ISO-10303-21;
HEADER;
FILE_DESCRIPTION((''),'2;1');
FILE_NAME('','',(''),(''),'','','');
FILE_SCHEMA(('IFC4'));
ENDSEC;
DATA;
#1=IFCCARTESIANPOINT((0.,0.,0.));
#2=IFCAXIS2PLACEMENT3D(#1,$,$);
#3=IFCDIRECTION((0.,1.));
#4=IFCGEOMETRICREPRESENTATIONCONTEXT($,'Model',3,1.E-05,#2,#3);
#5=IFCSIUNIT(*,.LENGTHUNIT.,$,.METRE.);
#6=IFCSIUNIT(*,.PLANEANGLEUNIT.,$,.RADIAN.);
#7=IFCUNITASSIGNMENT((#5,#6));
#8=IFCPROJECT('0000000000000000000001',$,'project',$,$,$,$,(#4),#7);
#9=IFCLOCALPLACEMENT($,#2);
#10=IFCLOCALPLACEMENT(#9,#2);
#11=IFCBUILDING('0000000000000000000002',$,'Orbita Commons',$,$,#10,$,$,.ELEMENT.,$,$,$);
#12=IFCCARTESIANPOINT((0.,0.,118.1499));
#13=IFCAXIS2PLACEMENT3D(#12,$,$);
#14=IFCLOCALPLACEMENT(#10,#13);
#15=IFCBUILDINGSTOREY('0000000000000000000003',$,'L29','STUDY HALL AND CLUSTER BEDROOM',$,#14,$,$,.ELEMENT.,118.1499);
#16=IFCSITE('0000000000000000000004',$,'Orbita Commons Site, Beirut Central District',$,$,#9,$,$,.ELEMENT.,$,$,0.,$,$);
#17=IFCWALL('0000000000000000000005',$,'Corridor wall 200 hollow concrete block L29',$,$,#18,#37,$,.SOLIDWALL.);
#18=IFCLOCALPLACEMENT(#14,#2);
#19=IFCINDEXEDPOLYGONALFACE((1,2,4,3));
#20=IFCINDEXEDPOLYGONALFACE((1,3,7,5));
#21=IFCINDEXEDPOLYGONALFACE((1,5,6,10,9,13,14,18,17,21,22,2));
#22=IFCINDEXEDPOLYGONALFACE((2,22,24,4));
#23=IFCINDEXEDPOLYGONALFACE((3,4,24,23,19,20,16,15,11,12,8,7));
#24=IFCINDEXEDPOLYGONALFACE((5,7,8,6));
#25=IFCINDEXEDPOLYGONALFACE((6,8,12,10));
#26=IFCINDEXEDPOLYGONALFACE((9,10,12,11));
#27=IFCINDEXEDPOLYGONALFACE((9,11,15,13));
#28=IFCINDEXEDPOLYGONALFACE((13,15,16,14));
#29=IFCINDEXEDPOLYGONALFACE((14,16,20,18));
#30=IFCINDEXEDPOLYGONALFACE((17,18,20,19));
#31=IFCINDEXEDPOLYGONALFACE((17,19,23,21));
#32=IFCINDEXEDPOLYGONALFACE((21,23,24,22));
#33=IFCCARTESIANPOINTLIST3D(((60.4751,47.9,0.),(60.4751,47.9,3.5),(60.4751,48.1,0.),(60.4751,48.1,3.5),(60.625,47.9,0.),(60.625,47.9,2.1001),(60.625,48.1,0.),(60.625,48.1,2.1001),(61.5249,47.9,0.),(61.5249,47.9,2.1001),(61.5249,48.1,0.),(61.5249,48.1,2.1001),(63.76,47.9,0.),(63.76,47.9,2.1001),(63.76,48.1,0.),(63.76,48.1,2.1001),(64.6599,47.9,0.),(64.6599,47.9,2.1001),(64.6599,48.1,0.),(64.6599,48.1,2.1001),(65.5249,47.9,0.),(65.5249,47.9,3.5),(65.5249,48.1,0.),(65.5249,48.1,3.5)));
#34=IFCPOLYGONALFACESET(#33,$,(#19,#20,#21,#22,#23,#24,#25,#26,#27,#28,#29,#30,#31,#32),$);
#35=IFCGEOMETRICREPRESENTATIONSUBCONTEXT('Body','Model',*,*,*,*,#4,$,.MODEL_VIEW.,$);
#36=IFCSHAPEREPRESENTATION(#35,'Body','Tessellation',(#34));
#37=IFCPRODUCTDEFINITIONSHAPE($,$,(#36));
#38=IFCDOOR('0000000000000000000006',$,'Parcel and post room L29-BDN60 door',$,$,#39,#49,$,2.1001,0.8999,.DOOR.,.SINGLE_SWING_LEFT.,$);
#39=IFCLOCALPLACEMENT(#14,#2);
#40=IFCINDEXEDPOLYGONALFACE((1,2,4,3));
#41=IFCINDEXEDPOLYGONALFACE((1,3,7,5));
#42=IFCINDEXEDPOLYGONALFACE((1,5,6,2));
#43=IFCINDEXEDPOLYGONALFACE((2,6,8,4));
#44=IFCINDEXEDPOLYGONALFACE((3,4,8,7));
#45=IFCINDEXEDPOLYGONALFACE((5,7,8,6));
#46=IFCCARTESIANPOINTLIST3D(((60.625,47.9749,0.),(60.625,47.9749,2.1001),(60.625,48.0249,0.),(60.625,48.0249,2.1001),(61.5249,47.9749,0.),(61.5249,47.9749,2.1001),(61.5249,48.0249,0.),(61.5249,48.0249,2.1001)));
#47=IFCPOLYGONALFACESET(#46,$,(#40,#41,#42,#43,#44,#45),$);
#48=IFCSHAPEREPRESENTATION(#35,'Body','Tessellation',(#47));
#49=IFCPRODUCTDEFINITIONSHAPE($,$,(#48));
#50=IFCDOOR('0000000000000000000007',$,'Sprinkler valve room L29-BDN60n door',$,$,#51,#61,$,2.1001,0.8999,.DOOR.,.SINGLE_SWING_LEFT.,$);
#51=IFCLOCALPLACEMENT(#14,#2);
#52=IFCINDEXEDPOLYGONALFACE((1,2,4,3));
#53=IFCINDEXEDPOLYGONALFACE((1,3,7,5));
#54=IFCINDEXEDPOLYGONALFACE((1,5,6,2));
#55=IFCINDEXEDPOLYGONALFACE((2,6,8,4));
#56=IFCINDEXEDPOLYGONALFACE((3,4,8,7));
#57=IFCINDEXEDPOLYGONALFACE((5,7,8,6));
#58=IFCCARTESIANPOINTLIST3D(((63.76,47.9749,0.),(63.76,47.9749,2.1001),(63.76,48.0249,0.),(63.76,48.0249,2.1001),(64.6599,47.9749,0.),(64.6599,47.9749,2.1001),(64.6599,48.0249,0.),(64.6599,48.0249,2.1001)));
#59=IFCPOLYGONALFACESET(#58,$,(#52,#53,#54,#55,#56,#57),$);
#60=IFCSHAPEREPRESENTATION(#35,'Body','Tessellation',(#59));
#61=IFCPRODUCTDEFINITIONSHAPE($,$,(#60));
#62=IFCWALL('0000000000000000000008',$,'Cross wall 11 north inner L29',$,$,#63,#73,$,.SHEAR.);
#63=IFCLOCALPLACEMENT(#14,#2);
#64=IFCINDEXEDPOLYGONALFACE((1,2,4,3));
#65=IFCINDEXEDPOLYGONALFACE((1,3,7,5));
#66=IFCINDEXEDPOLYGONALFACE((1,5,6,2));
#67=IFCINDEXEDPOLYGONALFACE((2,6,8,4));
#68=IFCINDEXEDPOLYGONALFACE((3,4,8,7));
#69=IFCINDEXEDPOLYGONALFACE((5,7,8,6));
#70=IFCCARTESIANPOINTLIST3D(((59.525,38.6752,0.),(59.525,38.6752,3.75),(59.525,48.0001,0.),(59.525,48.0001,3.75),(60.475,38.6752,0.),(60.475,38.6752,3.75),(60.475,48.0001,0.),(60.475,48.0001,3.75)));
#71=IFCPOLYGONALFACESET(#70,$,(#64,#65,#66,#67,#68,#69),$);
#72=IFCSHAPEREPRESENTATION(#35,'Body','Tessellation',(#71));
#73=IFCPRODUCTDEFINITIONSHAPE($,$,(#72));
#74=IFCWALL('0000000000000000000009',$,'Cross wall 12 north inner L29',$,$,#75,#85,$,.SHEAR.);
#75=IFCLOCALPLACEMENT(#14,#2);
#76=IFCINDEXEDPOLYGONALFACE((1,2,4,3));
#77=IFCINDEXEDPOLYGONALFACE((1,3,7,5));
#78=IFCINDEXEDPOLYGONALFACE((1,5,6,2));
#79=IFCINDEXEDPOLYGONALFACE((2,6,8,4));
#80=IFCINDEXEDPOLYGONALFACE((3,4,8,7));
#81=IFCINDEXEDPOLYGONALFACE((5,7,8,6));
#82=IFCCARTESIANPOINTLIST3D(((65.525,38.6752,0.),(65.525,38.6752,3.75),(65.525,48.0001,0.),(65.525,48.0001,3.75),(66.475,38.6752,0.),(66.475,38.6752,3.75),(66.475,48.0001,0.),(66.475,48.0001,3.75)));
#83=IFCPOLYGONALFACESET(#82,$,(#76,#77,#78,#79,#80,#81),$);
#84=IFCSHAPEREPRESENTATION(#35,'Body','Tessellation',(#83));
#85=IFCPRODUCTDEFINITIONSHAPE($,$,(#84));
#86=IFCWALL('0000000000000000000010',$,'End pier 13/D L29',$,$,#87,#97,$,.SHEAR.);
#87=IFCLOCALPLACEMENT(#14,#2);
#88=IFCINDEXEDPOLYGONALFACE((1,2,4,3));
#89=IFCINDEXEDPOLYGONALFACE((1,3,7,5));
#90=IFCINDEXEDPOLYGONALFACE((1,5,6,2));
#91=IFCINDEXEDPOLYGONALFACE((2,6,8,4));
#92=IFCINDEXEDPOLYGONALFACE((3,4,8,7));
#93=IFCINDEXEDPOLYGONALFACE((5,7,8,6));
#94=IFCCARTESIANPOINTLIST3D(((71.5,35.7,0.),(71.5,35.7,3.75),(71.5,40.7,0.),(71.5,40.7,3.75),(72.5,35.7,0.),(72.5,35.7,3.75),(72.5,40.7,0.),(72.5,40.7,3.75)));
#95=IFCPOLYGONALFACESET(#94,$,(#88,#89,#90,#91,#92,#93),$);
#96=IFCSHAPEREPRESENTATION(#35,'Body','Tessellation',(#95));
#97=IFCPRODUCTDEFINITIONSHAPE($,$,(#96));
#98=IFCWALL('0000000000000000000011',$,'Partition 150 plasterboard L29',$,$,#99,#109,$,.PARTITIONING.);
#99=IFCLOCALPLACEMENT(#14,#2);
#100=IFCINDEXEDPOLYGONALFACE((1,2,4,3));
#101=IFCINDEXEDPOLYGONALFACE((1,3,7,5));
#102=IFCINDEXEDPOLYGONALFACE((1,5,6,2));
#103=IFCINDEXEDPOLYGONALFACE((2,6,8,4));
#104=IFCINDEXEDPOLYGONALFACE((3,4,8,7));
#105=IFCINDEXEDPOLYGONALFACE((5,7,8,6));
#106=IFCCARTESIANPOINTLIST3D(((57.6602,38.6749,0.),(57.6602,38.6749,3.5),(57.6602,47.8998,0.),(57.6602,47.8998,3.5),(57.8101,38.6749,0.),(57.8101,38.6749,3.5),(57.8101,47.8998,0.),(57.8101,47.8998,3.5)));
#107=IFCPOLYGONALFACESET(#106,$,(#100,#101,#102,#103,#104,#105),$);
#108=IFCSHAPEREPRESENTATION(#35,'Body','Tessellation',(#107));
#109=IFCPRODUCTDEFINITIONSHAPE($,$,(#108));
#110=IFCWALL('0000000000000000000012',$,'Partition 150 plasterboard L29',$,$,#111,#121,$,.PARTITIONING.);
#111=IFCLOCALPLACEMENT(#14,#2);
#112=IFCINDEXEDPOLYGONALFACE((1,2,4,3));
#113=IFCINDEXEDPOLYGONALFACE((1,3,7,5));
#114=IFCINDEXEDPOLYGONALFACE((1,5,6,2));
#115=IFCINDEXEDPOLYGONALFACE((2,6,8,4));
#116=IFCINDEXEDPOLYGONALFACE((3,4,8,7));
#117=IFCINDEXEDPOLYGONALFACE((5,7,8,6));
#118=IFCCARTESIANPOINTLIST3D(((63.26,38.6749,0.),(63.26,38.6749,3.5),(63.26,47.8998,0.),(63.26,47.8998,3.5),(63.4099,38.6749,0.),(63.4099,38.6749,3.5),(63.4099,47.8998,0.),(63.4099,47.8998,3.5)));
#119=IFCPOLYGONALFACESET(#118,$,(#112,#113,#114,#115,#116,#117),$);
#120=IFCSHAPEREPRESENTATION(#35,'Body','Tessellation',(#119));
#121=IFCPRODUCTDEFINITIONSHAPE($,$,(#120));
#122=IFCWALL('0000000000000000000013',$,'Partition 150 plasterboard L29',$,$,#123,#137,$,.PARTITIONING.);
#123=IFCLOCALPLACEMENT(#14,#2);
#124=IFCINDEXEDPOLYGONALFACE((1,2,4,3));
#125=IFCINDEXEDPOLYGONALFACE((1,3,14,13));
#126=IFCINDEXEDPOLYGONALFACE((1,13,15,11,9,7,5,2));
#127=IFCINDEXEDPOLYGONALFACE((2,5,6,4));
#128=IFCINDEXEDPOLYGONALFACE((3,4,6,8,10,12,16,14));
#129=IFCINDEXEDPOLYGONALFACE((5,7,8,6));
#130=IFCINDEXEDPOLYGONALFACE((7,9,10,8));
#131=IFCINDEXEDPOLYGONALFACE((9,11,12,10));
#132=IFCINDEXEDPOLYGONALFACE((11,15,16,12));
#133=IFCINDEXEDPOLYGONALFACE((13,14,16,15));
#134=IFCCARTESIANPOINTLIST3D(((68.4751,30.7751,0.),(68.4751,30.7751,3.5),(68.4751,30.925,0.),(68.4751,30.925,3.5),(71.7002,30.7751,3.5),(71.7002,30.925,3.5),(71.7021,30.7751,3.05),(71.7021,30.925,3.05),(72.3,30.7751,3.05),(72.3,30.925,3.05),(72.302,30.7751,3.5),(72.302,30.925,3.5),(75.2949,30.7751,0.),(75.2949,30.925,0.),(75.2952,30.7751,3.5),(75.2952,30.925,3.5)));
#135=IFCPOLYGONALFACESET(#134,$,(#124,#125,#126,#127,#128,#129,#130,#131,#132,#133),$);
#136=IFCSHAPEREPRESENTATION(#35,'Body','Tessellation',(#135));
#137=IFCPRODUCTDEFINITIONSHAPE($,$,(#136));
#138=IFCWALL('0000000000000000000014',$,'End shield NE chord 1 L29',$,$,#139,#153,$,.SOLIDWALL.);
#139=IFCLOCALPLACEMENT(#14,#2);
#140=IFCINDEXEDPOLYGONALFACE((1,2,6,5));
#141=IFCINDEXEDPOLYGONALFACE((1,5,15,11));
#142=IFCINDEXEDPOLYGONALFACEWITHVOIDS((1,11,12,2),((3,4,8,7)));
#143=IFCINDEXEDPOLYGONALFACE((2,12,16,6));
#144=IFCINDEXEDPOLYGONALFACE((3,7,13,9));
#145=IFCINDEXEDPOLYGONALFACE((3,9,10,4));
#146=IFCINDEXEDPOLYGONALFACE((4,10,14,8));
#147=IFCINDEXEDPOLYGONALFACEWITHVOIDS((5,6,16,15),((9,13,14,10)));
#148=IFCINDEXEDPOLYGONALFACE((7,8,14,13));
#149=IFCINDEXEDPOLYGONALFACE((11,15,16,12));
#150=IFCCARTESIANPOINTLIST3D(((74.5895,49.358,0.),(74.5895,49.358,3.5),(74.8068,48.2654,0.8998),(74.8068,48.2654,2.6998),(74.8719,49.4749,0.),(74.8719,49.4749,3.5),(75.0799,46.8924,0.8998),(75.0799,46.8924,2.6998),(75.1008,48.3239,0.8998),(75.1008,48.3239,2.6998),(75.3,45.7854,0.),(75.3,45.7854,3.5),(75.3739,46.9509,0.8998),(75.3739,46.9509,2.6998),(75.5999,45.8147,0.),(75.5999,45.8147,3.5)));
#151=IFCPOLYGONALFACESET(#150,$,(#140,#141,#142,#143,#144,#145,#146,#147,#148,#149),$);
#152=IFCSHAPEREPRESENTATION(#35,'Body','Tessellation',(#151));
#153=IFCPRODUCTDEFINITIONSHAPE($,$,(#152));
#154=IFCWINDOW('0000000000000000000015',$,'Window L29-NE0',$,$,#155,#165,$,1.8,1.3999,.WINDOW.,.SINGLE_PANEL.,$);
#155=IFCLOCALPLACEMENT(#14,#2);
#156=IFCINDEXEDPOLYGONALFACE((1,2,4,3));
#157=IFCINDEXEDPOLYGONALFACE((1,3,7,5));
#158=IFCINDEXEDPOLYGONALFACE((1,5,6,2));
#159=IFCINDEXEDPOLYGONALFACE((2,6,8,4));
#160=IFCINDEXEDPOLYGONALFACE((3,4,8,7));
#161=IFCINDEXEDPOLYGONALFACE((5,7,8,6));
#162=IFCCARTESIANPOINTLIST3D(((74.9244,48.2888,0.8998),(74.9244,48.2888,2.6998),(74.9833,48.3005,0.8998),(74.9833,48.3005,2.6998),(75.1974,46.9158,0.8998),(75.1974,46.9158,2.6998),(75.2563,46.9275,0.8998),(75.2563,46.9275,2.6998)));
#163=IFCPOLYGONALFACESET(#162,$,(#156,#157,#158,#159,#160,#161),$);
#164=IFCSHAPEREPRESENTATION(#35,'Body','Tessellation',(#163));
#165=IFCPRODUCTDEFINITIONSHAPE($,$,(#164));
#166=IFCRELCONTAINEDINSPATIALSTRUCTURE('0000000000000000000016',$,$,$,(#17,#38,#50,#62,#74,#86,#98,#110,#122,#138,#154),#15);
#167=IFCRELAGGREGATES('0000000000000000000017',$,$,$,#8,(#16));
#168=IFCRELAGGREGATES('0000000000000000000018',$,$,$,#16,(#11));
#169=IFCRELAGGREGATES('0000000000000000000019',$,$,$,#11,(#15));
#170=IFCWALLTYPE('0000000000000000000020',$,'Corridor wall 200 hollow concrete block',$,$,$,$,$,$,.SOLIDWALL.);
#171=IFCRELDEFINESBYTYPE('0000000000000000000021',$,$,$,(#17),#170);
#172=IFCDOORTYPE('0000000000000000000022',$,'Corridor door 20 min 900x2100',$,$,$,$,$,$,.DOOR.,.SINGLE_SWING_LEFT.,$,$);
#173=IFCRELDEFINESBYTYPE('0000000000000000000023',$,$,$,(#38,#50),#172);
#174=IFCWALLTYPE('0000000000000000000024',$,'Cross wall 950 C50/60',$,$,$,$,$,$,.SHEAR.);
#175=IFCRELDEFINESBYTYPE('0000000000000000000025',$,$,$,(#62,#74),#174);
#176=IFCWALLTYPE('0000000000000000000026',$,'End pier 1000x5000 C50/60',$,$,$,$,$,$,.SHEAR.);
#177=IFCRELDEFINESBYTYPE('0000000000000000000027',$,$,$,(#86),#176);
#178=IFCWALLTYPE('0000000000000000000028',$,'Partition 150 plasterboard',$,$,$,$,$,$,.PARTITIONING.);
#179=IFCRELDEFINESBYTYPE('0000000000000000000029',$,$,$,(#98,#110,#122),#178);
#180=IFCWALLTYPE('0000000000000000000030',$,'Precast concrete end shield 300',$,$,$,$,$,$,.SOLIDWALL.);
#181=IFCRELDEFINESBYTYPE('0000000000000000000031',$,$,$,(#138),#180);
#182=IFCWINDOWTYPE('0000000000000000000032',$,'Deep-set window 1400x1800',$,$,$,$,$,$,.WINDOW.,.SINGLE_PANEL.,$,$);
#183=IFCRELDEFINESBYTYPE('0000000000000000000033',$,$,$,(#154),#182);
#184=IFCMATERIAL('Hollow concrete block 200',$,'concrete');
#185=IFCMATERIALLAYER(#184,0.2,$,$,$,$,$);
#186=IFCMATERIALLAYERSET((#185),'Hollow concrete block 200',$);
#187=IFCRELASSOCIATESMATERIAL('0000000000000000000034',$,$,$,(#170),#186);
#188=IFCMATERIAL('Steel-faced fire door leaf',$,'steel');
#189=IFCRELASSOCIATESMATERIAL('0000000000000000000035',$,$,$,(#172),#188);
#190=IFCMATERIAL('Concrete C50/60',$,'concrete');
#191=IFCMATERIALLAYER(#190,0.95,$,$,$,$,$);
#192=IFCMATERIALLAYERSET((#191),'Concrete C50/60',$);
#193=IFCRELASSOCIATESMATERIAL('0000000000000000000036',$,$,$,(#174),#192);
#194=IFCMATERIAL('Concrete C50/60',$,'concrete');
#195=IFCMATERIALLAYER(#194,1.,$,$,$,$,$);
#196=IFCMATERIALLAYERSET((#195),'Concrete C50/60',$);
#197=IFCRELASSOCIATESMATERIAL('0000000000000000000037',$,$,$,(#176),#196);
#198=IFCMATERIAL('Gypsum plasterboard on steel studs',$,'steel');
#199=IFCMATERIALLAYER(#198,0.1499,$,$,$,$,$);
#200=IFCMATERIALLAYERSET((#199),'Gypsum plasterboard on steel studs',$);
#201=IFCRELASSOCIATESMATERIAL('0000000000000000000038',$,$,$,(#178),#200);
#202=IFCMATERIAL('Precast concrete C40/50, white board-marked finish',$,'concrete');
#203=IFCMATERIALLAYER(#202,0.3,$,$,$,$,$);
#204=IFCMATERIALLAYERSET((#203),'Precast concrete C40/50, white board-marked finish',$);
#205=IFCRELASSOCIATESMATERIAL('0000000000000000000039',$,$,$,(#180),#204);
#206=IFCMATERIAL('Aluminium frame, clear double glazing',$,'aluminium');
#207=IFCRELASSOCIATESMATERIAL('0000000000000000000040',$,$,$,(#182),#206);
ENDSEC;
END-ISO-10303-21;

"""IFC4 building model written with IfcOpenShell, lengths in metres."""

from ifc_helpers import new_model, si_unit, direction, frame, frame_2d, origin, place, context, subcontext, project, spatial, polyline, rectangle, outline, extrude, material, layer, layer_set, type_object, element, fill, save


model = new_model("IFC4")

# Units and contexts
model_context = context("Model", 3, precision=1e-05, world=origin(), true_north=direction((0.0, 1.0)))
body_context = subcontext(model_context, "Body", "Model", "MODEL_VIEW")
ifc_project = project(units=[si_unit("LENGTHUNIT", "METRE"), si_unit("PLANEANGLEUNIT", "RADIAN")], contexts=[model_context])

# Site, building, storey
site_placement = place(None, origin())
site = spatial("IfcSite", under=ifc_project, at=site_placement, Name="Orbita Commons Site, Beirut Central District", CompositionType="ELEMENT", RefElevation=0.0)
building_placement = place(site_placement, origin())
building = spatial("IfcBuilding", under=site, at=building_placement, Name="Orbita Commons", CompositionType="ELEMENT")
storey_placement = place(building_placement, frame((0.0, 0.0, 118.1499)))
storey = spatial("IfcBuildingStorey", under=building, at=storey_placement, Name="L29", Description="STUDY HALL AND CLUSTER BEDROOM", CompositionType="ELEMENT", Elevation=118.1499)

# Wall, openings, doors
ifc_material_1 = material(Name="Hollow concrete block 200", Category="concrete")
ifc_layer_1 = layer(ifc_material_1, 0.2)
ifc_layer_set_1 = layer_set([ifc_layer_1], Name="Hollow concrete block 200")
wall_type_1 = type_object("IfcWallType", Name="Corridor wall 200 hollow concrete block", PredefinedType="SOLIDWALL", material=ifc_layer_set_1)
ifc_material_2 = material(Name="Steel-faced fire door leaf", Category="steel")
door_type_1 = type_object("IfcDoorType", Name="Corridor door 20 min 900x2100", OperationType="SINGLE_SWING_LEFT", PredefinedType="DOOR", material=ifc_material_2)
wall_1_placement = place(storey_placement, frame((60.4751, 48.0, 0.0), z_axis=(0.0, 0.0, 1.0), x_axis=(1.0, 0.0, 0.0)))
wall_1 = element("IfcWall", 1, at=wall_1_placement, inside=storey, type_object=wall_type_1, Name="Corridor wall 200 hollow concrete block L29", PredefinedType="SOLIDWALL", context=body_context, shape_type="SweptSolid", body=[
    extrude(rectangle(XDim=5.0498, YDim=0.2, at=frame_2d((2.5249, 0.0))), origin(), (0.0, 0.0, 1.0), 3.5),
])
opening_1_placement = place(wall_1_placement, frame((0.1499, 0.0, 0.0)))
opening_1 = element("IfcOpeningElement", 2, at=opening_1_placement, cuts=wall_1, PredefinedType="OPENING", context=body_context, shape_type="SweptSolid", body=[
    extrude(rectangle(XDim=0.8999, YDim=2.1001, at=frame_2d((0.45, 1.05))), frame((0.0, 0.1099, 0.0), z_axis=(0.0, -1.0, 0.0), x_axis=(1.0, 0.0, 0.0)), (0.0, 0.0, 1.0), 0.22),
])
opening_2_placement = place(wall_1_placement, frame((3.2849, 0.0, 0.0)))
opening_2 = element("IfcOpeningElement", 3, at=opening_2_placement, cuts=wall_1, PredefinedType="OPENING", context=body_context, shape_type="SweptSolid", body=[
    extrude(rectangle(XDim=0.8999, YDim=2.1001, at=frame_2d((0.45, 1.05))), frame((0.0, 0.1099, 0.0), z_axis=(0.0, -1.0, 0.0), x_axis=(1.0, 0.0, 0.0)), (0.0, 0.0, 1.0), 0.22),
])
door_1_placement = place(opening_1_placement, origin())
door_1 = element("IfcDoor", 4, at=door_1_placement, inside=storey, type_object=door_type_1, Name="Parcel and post room L29-BDN60 door", OperationType="SINGLE_SWING_LEFT", OverallHeight=2.1001, OverallWidth=0.8999, PredefinedType="DOOR", context=body_context, shape_type="SweptSolid", body=[
    extrude(rectangle(XDim=0.8999, YDim=2.1001, at=frame_2d((0.45, 1.05))), frame((0.0, 0.0249, 0.0), z_axis=(0.0, -1.0, 0.0), x_axis=(1.0, 0.0, 0.0)), (0.0, 0.0, 1.0), 0.05),
])
fill(opening_1, door_1)
door_2_placement = place(opening_2_placement, origin())
door_2 = element("IfcDoor", 5, at=door_2_placement, inside=storey, type_object=door_type_1, Name="Sprinkler valve room L29-BDN60n door", OperationType="SINGLE_SWING_LEFT", OverallHeight=2.1001, OverallWidth=0.8999, PredefinedType="DOOR", context=body_context, shape_type="SweptSolid", body=[
    extrude(rectangle(XDim=0.8999, YDim=2.1001, at=frame_2d((0.45, 1.05))), frame((0.0, 0.0249, 0.0), z_axis=(0.0, -1.0, 0.0), x_axis=(1.0, 0.0, 0.0)), (0.0, 0.0, 1.0), 0.05),
])
fill(opening_2, door_2)

# Walls
ifc_material_3 = material(Name="Concrete C50/60", Category="concrete")
ifc_layer_2 = layer(ifc_material_3, 0.95)
ifc_layer_set_2 = layer_set([ifc_layer_2], Name="Concrete C50/60")
wall_type_2 = type_object("IfcWallType", Name="Cross wall 950 C50/60", PredefinedType="SHEAR", material=ifc_layer_set_2)
for number, where, z_axis, x_axis, name in (
    (6, (60.0, 38.675, 0.0), (0.0, 0.0, 1.0), (0.0, 1.0, 0.0), "Cross wall 11 north inner L29"),
    (7, (66.0, 38.675, 0.0), (0.0, 0.0, 1.0), (0.0, 1.0, 0.0), "Cross wall 12 north inner L29"),
):
    element("IfcWall", number, at=place(storey_placement, frame(where, z_axis=z_axis, x_axis=x_axis)), inside=storey, type_object=wall_type_2, Name=name, PredefinedType="SHEAR", context=body_context, shape_type="SweptSolid", body=[
        extrude(rectangle(XDim=9.325, YDim=0.95, at=frame_2d((4.6626, 0.0))), origin(), (0.0, 0.0, 1.0), 3.75),
    ])
ifc_material_4 = material(Name="Concrete C50/60", Category="concrete")
ifc_layer_3 = layer(ifc_material_4, 1.0)
ifc_layer_set_3 = layer_set([ifc_layer_3], Name="Concrete C50/60")
wall_type_3 = type_object("IfcWallType", Name="End pier 1000x5000 C50/60", PredefinedType="SHEAR", material=ifc_layer_set_3)
wall_2_placement = place(storey_placement, frame((72.0, 35.7, 0.0), z_axis=(0.0, 0.0, 1.0), x_axis=(0.0, 1.0, 0.0)))
element("IfcWall", 8, at=wall_2_placement, inside=storey, type_object=wall_type_3, Name="End pier 13/D L29", PredefinedType="SHEAR", context=body_context, shape_type="SweptSolid", body=[
    extrude(rectangle(XDim=5.0, YDim=1.0, at=frame_2d((2.5, 0.0))), origin(), (0.0, 0.0, 1.0), 3.75),
])
ifc_material_5 = material(Name="Gypsum plasterboard on steel studs", Category="steel")
ifc_layer_4 = layer(ifc_material_5, 0.1499)
ifc_layer_set_4 = layer_set([ifc_layer_4], Name="Gypsum plasterboard on steel studs")
wall_type_4 = type_object("IfcWallType", Name="Partition 150 plasterboard", PredefinedType="PARTITIONING", material=ifc_layer_set_4)
for number, where, z_axis, x_axis, name in (
    (9, (57.7351, 38.675, 0.0), (0.0, 0.0, 1.0), (0.0, 1.0, 0.0), "Partition 150 plasterboard L29"),
    (10, (63.335, 38.675, 0.0), (0.0, 0.0, 1.0), (0.0, 1.0, 0.0), "Partition 150 plasterboard L29"),
):
    element("IfcWall", number, at=place(storey_placement, frame(where, z_axis=z_axis, x_axis=x_axis)), inside=storey, type_object=wall_type_4, Name=name, PredefinedType="PARTITIONING", context=body_context, shape_type="SweptSolid", body=[
        extrude(rectangle(XDim=9.2249, YDim=0.1499, at=frame_2d((4.6123, 0.0))), origin(), (0.0, 0.0, 1.0), 3.5),
    ])
wall_3_placement = place(storey_placement, frame((68.4751, 30.8501, 0.0), z_axis=(0.0, 0.0, 1.0), x_axis=(1.0, 0.0, 0.0)))
element("IfcWall", 11, at=wall_3_placement, inside=storey, type_object=wall_type_4, Name="Partition 150 plasterboard L29", PredefinedType="PARTITIONING", context=body_context, shape_type="SweptSolid", body=[
    extrude(outline(polyline([(0.0, 0.0), (6.8198, 0.0), (6.8201, 3.5), (3.8269, 3.5), (3.825, 3.05), (3.2271, 3.05), (3.2251, 3.5), (0.0, 3.5), (0.0, 0.0)])), frame((0.0, 0.075, 0.0), z_axis=(0.0, -1.0, 0.0), x_axis=(1.0, 0.0, 0.0)), (0.0, 0.0, 1.0), 0.1499),
])

# Wall, opening, window
ifc_material_6 = material(Name="Precast concrete C40/50, white board-marked finish", Category="concrete")
ifc_layer_5 = layer(ifc_material_6, 0.3)
ifc_layer_set_5 = layer_set([ifc_layer_5], Name="Precast concrete C40/50, white board-marked finish")
wall_type_5 = type_object("IfcWallType", Name="Precast concrete end shield 300", PredefinedType="SOLIDWALL", material=ifc_layer_set_5)
wall_4_placement = place(storey_placement, frame((75.45, 45.8, 0.0), z_axis=(0.0, 0.0, 1.0), x_axis=(-0.195059, 0.980791, 0.0)))
wall_4 = element("IfcWall", 12, at=wall_4_placement, inside=storey, type_object=wall_type_5, Name="End shield NE chord 1 L29", PredefinedType="SOLIDWALL", context=body_context, shape_type="SweptSolid", body=[
    extrude(outline(polyline([(-0.0149, -0.1499), (3.717, -0.1499), (3.6575, 0.1499), (0.0149, 0.1499), (-0.0149, -0.1499)])), origin(), (0.0, 0.0, 1.0), 3.5),
])
opening_3_placement = place(wall_4_placement, frame((1.1436, 0.0, 0.8999)))
opening_3 = element("IfcOpeningElement", 13, at=opening_3_placement, cuts=wall_4, PredefinedType="OPENING", context=body_context, shape_type="SweptSolid", body=[
    extrude(rectangle(XDim=1.3999, YDim=1.8, at=frame_2d((0.7, 0.8999))), frame((0.0, 0.1599, 0.0), z_axis=(0.0, -1.0, 0.0), x_axis=(1.0, 0.0, 0.0)), (0.0, 0.0, 1.0), 0.3201),
])
ifc_material_7 = material(Name="Aluminium frame, clear double glazing", Category="aluminium")
window_type = type_object("IfcWindowType", Name="Deep-set window 1400x1800", PartitioningType="SINGLE_PANEL", PredefinedType="WINDOW", material=ifc_material_7)
window_placement = place(opening_3_placement, origin())
window = element("IfcWindow", 14, at=window_placement, inside=storey, type_object=window_type, Name="Window L29-NE0", OverallHeight=1.8, OverallWidth=1.3999, PartitioningType="SINGLE_PANEL", PredefinedType="WINDOW", context=body_context, shape_type="SweptSolid", body=[
    extrude(rectangle(XDim=1.3999, YDim=1.8, at=frame_2d((0.7, 0.8999))), frame((0.0, 0.03, 0.0), z_axis=(0.0, -1.0, 0.0), x_axis=(1.0, 0.0, 0.0)), (0.0, 0.0, 1.0), 0.0601),
])
fill(opening_3, window)

save(model, "model.ifc")
